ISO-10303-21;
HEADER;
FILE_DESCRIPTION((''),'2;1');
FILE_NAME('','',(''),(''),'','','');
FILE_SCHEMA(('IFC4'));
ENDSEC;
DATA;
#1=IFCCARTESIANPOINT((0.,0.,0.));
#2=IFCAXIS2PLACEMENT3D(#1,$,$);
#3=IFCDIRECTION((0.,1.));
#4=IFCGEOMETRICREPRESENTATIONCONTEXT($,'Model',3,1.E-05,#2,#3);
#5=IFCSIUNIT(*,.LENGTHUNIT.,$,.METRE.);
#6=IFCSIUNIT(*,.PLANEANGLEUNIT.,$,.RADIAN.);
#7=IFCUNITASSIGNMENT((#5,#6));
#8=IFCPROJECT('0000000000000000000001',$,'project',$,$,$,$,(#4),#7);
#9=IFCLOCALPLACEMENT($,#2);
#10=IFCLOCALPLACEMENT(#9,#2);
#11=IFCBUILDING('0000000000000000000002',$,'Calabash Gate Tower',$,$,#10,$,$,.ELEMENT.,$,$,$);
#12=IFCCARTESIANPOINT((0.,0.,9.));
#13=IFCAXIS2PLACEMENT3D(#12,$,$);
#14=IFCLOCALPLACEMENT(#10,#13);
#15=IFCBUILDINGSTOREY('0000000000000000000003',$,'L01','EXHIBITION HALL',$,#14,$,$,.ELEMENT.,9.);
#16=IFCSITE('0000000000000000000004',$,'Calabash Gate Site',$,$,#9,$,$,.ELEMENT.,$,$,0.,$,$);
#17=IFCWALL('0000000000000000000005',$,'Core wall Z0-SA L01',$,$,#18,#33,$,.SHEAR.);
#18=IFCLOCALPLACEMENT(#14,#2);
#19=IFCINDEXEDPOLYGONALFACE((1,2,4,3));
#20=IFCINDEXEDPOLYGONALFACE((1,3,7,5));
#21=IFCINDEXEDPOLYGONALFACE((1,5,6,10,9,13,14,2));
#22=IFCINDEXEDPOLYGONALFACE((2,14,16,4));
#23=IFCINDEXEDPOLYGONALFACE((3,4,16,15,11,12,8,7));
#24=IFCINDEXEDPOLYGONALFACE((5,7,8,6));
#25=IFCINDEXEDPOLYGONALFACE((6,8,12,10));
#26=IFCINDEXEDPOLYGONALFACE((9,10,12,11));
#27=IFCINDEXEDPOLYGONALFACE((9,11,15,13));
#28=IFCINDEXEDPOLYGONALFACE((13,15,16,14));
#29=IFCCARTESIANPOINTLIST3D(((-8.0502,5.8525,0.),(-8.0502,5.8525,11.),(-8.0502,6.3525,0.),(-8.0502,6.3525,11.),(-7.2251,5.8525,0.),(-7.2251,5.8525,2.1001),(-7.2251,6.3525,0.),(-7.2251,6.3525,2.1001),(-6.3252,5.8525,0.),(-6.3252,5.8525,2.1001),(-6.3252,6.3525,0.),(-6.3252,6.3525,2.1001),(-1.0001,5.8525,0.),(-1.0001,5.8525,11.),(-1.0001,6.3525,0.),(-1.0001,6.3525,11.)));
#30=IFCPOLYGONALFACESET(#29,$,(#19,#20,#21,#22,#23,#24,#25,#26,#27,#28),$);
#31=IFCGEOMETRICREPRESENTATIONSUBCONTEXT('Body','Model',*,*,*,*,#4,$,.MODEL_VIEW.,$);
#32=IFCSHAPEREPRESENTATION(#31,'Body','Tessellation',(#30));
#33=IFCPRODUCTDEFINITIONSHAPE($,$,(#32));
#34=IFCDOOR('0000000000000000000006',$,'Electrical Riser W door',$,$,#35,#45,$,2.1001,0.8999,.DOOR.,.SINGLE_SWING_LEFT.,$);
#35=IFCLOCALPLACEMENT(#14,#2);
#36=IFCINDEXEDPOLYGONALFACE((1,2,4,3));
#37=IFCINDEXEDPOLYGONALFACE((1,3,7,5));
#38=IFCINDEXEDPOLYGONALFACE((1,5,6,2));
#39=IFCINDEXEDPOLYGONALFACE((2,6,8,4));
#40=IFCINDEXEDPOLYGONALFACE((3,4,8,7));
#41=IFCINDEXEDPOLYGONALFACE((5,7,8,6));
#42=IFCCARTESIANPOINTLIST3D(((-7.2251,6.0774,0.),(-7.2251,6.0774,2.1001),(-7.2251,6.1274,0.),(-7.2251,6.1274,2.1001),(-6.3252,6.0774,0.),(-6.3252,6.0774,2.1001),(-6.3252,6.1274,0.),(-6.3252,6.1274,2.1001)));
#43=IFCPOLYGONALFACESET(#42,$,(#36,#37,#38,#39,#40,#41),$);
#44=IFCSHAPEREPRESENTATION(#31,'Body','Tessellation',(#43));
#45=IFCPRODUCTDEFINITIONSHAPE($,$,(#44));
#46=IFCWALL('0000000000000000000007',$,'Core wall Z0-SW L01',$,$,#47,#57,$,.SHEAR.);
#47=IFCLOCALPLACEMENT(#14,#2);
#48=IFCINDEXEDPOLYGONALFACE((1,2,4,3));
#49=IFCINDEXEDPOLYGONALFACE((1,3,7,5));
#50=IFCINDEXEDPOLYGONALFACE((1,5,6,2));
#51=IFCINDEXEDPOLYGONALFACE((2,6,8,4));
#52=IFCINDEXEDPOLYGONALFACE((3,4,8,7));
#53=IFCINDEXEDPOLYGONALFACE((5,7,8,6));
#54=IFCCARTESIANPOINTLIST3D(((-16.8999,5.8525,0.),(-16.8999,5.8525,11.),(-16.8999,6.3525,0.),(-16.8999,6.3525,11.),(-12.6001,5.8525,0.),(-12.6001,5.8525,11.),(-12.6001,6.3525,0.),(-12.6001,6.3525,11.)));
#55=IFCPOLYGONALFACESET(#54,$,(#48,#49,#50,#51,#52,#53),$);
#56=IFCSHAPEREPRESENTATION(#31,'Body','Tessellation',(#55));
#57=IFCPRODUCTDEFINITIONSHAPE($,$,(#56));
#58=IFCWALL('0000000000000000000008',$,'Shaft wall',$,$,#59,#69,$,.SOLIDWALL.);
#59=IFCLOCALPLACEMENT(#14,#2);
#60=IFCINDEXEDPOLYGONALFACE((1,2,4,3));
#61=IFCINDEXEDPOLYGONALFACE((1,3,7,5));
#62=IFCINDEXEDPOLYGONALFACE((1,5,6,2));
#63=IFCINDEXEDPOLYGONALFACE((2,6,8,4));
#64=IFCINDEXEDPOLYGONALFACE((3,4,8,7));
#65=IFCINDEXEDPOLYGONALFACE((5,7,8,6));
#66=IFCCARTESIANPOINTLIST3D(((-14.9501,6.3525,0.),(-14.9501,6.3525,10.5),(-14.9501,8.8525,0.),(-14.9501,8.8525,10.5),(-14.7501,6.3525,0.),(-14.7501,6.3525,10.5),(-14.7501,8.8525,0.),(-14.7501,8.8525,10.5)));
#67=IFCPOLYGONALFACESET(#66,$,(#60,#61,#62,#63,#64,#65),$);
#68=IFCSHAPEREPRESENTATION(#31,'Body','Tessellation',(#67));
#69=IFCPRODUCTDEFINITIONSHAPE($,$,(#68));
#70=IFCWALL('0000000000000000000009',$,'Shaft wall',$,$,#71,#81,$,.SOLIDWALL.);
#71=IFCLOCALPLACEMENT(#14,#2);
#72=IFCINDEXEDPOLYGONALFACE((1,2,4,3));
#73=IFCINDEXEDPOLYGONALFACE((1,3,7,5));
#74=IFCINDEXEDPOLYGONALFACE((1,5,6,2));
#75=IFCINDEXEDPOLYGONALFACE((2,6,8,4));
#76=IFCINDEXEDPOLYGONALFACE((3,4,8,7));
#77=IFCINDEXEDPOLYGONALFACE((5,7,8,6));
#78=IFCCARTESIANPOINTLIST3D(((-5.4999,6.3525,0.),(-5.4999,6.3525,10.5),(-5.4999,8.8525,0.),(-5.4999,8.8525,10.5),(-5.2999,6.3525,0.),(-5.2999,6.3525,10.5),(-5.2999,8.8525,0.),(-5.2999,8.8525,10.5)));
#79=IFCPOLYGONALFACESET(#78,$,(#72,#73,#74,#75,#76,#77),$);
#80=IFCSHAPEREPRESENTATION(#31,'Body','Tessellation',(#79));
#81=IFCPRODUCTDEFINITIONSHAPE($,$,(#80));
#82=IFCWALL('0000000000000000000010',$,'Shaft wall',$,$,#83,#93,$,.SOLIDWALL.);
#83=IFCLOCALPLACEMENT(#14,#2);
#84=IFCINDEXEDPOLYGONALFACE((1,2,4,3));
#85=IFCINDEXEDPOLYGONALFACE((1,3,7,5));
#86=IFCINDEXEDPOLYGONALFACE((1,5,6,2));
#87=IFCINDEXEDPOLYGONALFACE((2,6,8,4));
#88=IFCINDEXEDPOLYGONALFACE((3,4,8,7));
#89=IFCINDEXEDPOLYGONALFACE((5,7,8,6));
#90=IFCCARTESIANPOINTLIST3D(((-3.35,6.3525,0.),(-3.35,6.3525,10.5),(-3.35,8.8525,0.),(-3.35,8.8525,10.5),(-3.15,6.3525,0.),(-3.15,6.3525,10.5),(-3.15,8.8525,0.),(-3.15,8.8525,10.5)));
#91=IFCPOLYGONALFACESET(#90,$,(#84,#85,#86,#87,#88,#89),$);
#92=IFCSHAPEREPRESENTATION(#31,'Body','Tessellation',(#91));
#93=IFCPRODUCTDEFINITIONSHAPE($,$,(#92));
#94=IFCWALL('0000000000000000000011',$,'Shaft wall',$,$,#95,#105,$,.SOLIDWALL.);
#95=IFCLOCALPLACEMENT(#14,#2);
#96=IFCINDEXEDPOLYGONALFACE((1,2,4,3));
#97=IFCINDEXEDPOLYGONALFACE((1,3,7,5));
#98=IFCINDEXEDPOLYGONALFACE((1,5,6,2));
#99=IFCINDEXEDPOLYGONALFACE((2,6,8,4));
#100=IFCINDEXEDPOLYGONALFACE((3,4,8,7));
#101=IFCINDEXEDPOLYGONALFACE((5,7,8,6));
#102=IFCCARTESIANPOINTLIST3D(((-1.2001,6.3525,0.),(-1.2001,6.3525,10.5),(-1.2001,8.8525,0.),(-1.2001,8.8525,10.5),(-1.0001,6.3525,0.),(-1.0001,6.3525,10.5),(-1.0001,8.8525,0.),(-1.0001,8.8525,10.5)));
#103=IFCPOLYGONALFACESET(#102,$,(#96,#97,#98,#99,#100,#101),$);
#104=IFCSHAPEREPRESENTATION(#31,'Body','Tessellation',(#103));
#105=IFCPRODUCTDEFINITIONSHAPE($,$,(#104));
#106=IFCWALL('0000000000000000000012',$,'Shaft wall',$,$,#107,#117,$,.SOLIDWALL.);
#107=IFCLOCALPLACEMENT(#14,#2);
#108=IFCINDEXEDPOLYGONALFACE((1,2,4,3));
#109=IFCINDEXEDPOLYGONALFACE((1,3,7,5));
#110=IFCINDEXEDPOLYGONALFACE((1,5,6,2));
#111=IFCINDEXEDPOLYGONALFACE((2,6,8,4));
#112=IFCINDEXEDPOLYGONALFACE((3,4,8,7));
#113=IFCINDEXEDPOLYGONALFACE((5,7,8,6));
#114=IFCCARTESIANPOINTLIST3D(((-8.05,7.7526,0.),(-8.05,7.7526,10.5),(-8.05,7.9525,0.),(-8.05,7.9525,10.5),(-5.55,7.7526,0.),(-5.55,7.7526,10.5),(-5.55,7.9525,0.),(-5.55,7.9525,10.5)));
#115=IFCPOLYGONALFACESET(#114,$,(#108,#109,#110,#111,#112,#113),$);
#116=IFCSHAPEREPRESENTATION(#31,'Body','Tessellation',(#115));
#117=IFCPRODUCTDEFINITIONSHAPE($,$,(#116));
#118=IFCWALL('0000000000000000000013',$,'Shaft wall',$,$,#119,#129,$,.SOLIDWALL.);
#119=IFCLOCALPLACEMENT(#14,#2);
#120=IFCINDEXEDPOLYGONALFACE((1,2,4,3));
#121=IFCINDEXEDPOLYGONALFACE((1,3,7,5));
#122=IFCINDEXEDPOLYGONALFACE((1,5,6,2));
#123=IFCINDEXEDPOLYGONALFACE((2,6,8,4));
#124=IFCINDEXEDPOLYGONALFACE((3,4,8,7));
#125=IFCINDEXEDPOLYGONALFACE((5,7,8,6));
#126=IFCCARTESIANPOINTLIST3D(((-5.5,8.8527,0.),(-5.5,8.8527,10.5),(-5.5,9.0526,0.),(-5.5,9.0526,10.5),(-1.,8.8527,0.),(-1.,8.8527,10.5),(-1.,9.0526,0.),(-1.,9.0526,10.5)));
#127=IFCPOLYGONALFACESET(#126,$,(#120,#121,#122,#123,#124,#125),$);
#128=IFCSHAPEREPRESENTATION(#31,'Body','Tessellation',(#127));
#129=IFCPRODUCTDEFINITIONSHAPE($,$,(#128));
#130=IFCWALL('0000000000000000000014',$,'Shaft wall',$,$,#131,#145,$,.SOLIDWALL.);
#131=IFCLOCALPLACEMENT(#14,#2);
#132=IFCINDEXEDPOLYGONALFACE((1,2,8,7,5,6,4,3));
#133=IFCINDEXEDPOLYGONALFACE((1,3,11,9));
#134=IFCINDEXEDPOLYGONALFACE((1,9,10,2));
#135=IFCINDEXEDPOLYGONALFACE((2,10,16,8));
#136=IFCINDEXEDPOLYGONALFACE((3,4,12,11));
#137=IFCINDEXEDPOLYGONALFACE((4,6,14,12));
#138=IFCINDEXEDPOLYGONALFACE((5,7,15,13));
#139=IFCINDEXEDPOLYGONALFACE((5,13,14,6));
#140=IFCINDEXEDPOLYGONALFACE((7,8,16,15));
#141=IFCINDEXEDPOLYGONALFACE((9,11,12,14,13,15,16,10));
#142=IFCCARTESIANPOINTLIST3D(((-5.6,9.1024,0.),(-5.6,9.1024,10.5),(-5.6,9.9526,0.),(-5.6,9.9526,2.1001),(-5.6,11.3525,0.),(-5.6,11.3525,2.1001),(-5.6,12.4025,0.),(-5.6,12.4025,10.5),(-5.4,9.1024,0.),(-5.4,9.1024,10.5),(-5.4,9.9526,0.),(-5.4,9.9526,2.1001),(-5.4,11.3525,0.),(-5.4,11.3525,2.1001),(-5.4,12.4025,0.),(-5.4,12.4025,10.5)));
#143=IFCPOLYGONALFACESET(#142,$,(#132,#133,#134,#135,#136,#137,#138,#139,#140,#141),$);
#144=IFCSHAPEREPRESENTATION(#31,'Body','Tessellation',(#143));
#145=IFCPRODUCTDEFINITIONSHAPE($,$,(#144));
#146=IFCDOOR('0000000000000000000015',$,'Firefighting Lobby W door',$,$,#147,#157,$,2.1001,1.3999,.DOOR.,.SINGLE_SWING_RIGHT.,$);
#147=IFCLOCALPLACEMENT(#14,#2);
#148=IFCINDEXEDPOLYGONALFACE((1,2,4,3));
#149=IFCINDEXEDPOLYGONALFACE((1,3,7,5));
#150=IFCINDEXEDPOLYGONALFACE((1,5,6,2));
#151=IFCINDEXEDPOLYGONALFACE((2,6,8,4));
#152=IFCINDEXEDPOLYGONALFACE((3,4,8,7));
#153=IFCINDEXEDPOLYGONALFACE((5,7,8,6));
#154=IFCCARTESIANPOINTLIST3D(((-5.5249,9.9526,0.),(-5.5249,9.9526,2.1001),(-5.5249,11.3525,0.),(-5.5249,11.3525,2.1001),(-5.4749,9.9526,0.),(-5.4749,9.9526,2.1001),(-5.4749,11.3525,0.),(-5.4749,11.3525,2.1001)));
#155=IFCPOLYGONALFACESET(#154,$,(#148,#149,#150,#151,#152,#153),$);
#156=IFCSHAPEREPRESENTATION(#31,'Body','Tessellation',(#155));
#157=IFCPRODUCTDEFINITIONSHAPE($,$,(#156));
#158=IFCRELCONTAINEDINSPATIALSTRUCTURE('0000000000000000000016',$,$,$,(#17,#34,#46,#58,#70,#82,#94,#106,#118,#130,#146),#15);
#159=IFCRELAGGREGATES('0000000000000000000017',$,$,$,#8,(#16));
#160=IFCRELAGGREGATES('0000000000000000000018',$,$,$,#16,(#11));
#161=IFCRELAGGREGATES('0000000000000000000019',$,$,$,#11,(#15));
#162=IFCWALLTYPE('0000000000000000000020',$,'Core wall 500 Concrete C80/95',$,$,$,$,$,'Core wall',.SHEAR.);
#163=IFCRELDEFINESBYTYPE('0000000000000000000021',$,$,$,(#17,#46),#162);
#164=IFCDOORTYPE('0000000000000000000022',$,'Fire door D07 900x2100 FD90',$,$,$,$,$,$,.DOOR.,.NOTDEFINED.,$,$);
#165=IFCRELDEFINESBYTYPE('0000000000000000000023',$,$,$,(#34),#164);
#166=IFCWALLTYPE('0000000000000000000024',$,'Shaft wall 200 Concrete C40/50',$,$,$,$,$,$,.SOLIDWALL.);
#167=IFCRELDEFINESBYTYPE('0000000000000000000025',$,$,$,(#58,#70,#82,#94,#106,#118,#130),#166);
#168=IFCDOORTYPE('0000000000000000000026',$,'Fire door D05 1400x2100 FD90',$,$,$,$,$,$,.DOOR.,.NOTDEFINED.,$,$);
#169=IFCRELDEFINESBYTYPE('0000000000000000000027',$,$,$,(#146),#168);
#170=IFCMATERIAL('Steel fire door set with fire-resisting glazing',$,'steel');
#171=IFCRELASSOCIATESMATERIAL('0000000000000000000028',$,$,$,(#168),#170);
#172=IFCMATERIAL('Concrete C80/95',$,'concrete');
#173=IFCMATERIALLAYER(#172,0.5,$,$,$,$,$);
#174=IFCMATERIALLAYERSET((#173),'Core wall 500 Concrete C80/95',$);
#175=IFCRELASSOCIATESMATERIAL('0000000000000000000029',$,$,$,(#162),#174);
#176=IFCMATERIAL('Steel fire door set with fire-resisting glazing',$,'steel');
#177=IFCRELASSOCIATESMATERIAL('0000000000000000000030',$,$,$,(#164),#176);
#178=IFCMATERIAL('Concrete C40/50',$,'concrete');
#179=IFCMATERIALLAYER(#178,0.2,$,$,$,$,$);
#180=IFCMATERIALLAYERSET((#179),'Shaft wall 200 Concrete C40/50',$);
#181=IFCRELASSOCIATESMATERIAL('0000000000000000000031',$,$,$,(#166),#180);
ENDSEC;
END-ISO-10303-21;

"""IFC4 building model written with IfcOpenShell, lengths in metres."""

from ifc_helpers import new_model, si_unit, direction, frame, frame_2d, origin, place, context, subcontext, project, spatial, rectangle, extrude, material, layer, layer_set, type_object, element, fill, save


model = new_model("IFC4")

# Units and contexts
model_context = context("Model", 3, precision=1e-05, world=origin(), true_north=direction((0.0, 1.0)))
body_context = subcontext(model_context, "Body", "Model", "MODEL_VIEW")
ifc_project = project(units=[si_unit("LENGTHUNIT", "METRE"), si_unit("PLANEANGLEUNIT", "RADIAN")], contexts=[model_context])

# Site, building, storey
site_placement = place(None, origin())
site = spatial("IfcSite", under=ifc_project, at=site_placement, Name="Calabash Gate Site", CompositionType="ELEMENT", RefElevation=0.0)
building_placement = place(site_placement, origin())
building = spatial("IfcBuilding", under=site, at=building_placement, Name="Calabash Gate Tower", CompositionType="ELEMENT")
storey_placement = place(building_placement, frame((0.0, 0.0, 9.0)))
storey = spatial("IfcBuildingStorey", under=building, at=storey_placement, Name="L01", Description="EXHIBITION HALL", CompositionType="ELEMENT", Elevation=9.0)

# Shared definitions
ifc_material_1 = material(Name="Steel fire door set with fire-resisting glazing", Category="steel")
door_type_1 = type_object("IfcDoorType", Name="Fire door D05 1400x2100 FD90", OperationType="NOTDEFINED", PredefinedType="DOOR", material=ifc_material_1)

# Shared definitions
ifc_material_2 = material(Name="Concrete C80/95", Category="concrete")
ifc_layer_1 = layer(ifc_material_2, 0.5)
ifc_layer_set_1 = layer_set([ifc_layer_1], Name="Core wall 500 Concrete C80/95")
wall_type_1 = type_object("IfcWallType", Name="Core wall 500 Concrete C80/95", ElementType="Core wall", PredefinedType="SHEAR", material=ifc_layer_set_1)

# Wall, opening, door
wall_1_placement = place(storey_placement, frame((-8.05, 6.1025, 0.0), z_axis=(0.0, 0.0, 1.0), x_axis=(1.0, 0.0, 0.0)))
wall_1 = element("IfcWall", 1, at=wall_1_placement, inside=storey, type_object=wall_type_1, Name="Core wall Z0-SA L01", PredefinedType="SHEAR", context=body_context, shape_type="SweptSolid", body=[
    extrude(rectangle(XDim=7.05, YDim=0.5, at=frame_2d((3.5249, 0.0))), origin(), (0.0, 0.0, 1.0), 11.0),
])
opening_1_placement = place(wall_1_placement, frame((0.825, 0.0, 0.0)))
opening_1 = element("IfcOpeningElement", 2, at=opening_1_placement, cuts=wall_1, PredefinedType="OPENING", context=body_context, shape_type="SweptSolid", body=[
    extrude(rectangle(XDim=0.8999, YDim=2.1001, at=frame_2d((0.45, 1.05))), frame((0.0, 0.26, 0.0), z_axis=(0.0, -1.0, 0.0), x_axis=(1.0, 0.0, 0.0)), (0.0, 0.0, 1.0), 0.52),
])
ifc_material_3 = material(Name="Steel fire door set with fire-resisting glazing", Category="steel")
door_type_2 = type_object("IfcDoorType", Name="Fire door D07 900x2100 FD90", OperationType="NOTDEFINED", PredefinedType="DOOR", material=ifc_material_3)
door_1_placement = place(opening_1_placement, origin())
door_1 = element("IfcDoor", 3, at=door_1_placement, inside=storey, type_object=door_type_2, Name="Electrical Riser W door", OperationType="SINGLE_SWING_LEFT", OverallHeight=2.1001, OverallWidth=0.8999, PredefinedType="DOOR", context=body_context, shape_type="SweptSolid", body=[
    extrude(rectangle(XDim=0.8999, YDim=2.1001, at=frame_2d((0.45, 1.05))), frame((0.0, 0.0249, 0.0), z_axis=(0.0, -1.0, 0.0), x_axis=(1.0, 0.0, 0.0)), (0.0, 0.0, 1.0), 0.05),
])
fill(opening_1, door_1)

# Walls
wall_2_placement = place(storey_placement, frame((-12.6001, 6.1025, 0.0), z_axis=(0.0, 0.0, 1.0), x_axis=(-1.0, 0.0, 0.0)))
element("IfcWall", 4, at=wall_2_placement, inside=storey, type_object=wall_type_1, Name="Core wall Z0-SW L01", PredefinedType="SHEAR", context=body_context, shape_type="SweptSolid", body=[
    extrude(rectangle(XDim=4.2998, YDim=0.5, at=frame_2d((2.1499, 0.0))), origin(), (0.0, 0.0, 1.0), 11.0),
])
ifc_material_4 = material(Name="Concrete C40/50", Category="concrete")
ifc_layer_2 = layer(ifc_material_4, 0.2)
ifc_layer_set_2 = layer_set([ifc_layer_2], Name="Shaft wall 200 Concrete C40/50")
wall_type_2 = type_object("IfcWallType", Name="Shaft wall 200 Concrete C40/50", PredefinedType="SOLIDWALL", material=ifc_layer_set_2)
for number, where, z_axis, x_axis, name in (
    (5, (-14.8501, 6.3525, 0.0), (0.0, 0.0, 1.0), (0.0, 1.0, 0.0), "Shaft wall"),
    (6, (-5.3999, 6.3525, 0.0), (0.0, 0.0, 1.0), (0.0, 1.0, 0.0), "Shaft wall"),
    (7, (-3.25, 6.3525, 0.0), (0.0, 0.0, 1.0), (0.0, 1.0, 0.0), "Shaft wall"),
    (8, (-1.1001, 6.3525, 0.0), (0.0, 0.0, 1.0), (0.0, 1.0, 0.0), "Shaft wall"),
    (9, (-8.05, 7.8525, 0.0), (0.0, 0.0, 1.0), (1.0, 0.0, 0.0), "Shaft wall"),
):
    element("IfcWall", number, at=place(storey_placement, frame(where, z_axis=z_axis, x_axis=x_axis)), inside=storey, type_object=wall_type_2, Name=name, PredefinedType="SOLIDWALL", context=body_context, shape_type="SweptSolid", body=[
        extrude(rectangle(XDim=2.5, YDim=0.2, at=frame_2d((1.25, 0.0))), origin(), (0.0, 0.0, 1.0), 10.5),
    ])
wall_3_placement = place(storey_placement, frame((-5.5, 8.9526, 0.0), z_axis=(0.0, 0.0, 1.0), x_axis=(1.0, 0.0, 0.0)))
element("IfcWall", 10, at=wall_3_placement, inside=storey, type_object=wall_type_2, Name="Shaft wall", PredefinedType="SOLIDWALL", context=body_context, shape_type="SweptSolid", body=[
    extrude(rectangle(XDim=4.5, YDim=0.2, at=frame_2d((2.25, 0.0))), origin(), (0.0, 0.0, 1.0), 10.5),
])

# Wall, opening, door
wall_4_placement = place(storey_placement, frame((-5.5, 9.1025, 0.0), z_axis=(0.0, 0.0, 1.0), x_axis=(0.0, 1.0, 0.0)))
wall_4 = element("IfcWall", 11, at=wall_4_placement, inside=storey, type_object=wall_type_2, Name="Shaft wall", PredefinedType="SOLIDWALL", context=body_context, shape_type="SweptSolid", body=[
    extrude(rectangle(XDim=3.3, YDim=0.2, at=frame_2d((1.6499, 0.0))), origin(), (0.0, 0.0, 1.0), 10.5),
])
opening_2_placement = place(wall_4_placement, frame((0.8501, 0.0, 0.0)))
opening_2 = element("IfcOpeningElement", 12, at=opening_2_placement, cuts=wall_4, PredefinedType="OPENING", context=body_context, shape_type="SweptSolid", body=[
    extrude(rectangle(XDim=1.3999, YDim=2.1001, at=frame_2d((0.7, 1.05))), frame((0.0, 0.1099, 0.0), z_axis=(0.0, -1.0, 0.0), x_axis=(1.0, 0.0, 0.0)), (0.0, 0.0, 1.0), 0.22),
])
door_2_placement = place(opening_2_placement, origin())
door_2 = element("IfcDoor", 13, at=door_2_placement, inside=storey, type_object=door_type_1, Name="Firefighting Lobby W door", OperationType="SINGLE_SWING_RIGHT", OverallHeight=2.1001, OverallWidth=1.3999, PredefinedType="DOOR", context=body_context, shape_type="SweptSolid", body=[
    extrude(rectangle(XDim=1.3999, YDim=2.1001, at=frame_2d((0.7, 1.05))), frame((0.0, 0.0249, 0.0), z_axis=(0.0, -1.0, 0.0), x_axis=(1.0, 0.0, 0.0)), (0.0, 0.0, 1.0), 0.05),
])
fill(opening_2, door_2)

save(model, "model.ifc")
